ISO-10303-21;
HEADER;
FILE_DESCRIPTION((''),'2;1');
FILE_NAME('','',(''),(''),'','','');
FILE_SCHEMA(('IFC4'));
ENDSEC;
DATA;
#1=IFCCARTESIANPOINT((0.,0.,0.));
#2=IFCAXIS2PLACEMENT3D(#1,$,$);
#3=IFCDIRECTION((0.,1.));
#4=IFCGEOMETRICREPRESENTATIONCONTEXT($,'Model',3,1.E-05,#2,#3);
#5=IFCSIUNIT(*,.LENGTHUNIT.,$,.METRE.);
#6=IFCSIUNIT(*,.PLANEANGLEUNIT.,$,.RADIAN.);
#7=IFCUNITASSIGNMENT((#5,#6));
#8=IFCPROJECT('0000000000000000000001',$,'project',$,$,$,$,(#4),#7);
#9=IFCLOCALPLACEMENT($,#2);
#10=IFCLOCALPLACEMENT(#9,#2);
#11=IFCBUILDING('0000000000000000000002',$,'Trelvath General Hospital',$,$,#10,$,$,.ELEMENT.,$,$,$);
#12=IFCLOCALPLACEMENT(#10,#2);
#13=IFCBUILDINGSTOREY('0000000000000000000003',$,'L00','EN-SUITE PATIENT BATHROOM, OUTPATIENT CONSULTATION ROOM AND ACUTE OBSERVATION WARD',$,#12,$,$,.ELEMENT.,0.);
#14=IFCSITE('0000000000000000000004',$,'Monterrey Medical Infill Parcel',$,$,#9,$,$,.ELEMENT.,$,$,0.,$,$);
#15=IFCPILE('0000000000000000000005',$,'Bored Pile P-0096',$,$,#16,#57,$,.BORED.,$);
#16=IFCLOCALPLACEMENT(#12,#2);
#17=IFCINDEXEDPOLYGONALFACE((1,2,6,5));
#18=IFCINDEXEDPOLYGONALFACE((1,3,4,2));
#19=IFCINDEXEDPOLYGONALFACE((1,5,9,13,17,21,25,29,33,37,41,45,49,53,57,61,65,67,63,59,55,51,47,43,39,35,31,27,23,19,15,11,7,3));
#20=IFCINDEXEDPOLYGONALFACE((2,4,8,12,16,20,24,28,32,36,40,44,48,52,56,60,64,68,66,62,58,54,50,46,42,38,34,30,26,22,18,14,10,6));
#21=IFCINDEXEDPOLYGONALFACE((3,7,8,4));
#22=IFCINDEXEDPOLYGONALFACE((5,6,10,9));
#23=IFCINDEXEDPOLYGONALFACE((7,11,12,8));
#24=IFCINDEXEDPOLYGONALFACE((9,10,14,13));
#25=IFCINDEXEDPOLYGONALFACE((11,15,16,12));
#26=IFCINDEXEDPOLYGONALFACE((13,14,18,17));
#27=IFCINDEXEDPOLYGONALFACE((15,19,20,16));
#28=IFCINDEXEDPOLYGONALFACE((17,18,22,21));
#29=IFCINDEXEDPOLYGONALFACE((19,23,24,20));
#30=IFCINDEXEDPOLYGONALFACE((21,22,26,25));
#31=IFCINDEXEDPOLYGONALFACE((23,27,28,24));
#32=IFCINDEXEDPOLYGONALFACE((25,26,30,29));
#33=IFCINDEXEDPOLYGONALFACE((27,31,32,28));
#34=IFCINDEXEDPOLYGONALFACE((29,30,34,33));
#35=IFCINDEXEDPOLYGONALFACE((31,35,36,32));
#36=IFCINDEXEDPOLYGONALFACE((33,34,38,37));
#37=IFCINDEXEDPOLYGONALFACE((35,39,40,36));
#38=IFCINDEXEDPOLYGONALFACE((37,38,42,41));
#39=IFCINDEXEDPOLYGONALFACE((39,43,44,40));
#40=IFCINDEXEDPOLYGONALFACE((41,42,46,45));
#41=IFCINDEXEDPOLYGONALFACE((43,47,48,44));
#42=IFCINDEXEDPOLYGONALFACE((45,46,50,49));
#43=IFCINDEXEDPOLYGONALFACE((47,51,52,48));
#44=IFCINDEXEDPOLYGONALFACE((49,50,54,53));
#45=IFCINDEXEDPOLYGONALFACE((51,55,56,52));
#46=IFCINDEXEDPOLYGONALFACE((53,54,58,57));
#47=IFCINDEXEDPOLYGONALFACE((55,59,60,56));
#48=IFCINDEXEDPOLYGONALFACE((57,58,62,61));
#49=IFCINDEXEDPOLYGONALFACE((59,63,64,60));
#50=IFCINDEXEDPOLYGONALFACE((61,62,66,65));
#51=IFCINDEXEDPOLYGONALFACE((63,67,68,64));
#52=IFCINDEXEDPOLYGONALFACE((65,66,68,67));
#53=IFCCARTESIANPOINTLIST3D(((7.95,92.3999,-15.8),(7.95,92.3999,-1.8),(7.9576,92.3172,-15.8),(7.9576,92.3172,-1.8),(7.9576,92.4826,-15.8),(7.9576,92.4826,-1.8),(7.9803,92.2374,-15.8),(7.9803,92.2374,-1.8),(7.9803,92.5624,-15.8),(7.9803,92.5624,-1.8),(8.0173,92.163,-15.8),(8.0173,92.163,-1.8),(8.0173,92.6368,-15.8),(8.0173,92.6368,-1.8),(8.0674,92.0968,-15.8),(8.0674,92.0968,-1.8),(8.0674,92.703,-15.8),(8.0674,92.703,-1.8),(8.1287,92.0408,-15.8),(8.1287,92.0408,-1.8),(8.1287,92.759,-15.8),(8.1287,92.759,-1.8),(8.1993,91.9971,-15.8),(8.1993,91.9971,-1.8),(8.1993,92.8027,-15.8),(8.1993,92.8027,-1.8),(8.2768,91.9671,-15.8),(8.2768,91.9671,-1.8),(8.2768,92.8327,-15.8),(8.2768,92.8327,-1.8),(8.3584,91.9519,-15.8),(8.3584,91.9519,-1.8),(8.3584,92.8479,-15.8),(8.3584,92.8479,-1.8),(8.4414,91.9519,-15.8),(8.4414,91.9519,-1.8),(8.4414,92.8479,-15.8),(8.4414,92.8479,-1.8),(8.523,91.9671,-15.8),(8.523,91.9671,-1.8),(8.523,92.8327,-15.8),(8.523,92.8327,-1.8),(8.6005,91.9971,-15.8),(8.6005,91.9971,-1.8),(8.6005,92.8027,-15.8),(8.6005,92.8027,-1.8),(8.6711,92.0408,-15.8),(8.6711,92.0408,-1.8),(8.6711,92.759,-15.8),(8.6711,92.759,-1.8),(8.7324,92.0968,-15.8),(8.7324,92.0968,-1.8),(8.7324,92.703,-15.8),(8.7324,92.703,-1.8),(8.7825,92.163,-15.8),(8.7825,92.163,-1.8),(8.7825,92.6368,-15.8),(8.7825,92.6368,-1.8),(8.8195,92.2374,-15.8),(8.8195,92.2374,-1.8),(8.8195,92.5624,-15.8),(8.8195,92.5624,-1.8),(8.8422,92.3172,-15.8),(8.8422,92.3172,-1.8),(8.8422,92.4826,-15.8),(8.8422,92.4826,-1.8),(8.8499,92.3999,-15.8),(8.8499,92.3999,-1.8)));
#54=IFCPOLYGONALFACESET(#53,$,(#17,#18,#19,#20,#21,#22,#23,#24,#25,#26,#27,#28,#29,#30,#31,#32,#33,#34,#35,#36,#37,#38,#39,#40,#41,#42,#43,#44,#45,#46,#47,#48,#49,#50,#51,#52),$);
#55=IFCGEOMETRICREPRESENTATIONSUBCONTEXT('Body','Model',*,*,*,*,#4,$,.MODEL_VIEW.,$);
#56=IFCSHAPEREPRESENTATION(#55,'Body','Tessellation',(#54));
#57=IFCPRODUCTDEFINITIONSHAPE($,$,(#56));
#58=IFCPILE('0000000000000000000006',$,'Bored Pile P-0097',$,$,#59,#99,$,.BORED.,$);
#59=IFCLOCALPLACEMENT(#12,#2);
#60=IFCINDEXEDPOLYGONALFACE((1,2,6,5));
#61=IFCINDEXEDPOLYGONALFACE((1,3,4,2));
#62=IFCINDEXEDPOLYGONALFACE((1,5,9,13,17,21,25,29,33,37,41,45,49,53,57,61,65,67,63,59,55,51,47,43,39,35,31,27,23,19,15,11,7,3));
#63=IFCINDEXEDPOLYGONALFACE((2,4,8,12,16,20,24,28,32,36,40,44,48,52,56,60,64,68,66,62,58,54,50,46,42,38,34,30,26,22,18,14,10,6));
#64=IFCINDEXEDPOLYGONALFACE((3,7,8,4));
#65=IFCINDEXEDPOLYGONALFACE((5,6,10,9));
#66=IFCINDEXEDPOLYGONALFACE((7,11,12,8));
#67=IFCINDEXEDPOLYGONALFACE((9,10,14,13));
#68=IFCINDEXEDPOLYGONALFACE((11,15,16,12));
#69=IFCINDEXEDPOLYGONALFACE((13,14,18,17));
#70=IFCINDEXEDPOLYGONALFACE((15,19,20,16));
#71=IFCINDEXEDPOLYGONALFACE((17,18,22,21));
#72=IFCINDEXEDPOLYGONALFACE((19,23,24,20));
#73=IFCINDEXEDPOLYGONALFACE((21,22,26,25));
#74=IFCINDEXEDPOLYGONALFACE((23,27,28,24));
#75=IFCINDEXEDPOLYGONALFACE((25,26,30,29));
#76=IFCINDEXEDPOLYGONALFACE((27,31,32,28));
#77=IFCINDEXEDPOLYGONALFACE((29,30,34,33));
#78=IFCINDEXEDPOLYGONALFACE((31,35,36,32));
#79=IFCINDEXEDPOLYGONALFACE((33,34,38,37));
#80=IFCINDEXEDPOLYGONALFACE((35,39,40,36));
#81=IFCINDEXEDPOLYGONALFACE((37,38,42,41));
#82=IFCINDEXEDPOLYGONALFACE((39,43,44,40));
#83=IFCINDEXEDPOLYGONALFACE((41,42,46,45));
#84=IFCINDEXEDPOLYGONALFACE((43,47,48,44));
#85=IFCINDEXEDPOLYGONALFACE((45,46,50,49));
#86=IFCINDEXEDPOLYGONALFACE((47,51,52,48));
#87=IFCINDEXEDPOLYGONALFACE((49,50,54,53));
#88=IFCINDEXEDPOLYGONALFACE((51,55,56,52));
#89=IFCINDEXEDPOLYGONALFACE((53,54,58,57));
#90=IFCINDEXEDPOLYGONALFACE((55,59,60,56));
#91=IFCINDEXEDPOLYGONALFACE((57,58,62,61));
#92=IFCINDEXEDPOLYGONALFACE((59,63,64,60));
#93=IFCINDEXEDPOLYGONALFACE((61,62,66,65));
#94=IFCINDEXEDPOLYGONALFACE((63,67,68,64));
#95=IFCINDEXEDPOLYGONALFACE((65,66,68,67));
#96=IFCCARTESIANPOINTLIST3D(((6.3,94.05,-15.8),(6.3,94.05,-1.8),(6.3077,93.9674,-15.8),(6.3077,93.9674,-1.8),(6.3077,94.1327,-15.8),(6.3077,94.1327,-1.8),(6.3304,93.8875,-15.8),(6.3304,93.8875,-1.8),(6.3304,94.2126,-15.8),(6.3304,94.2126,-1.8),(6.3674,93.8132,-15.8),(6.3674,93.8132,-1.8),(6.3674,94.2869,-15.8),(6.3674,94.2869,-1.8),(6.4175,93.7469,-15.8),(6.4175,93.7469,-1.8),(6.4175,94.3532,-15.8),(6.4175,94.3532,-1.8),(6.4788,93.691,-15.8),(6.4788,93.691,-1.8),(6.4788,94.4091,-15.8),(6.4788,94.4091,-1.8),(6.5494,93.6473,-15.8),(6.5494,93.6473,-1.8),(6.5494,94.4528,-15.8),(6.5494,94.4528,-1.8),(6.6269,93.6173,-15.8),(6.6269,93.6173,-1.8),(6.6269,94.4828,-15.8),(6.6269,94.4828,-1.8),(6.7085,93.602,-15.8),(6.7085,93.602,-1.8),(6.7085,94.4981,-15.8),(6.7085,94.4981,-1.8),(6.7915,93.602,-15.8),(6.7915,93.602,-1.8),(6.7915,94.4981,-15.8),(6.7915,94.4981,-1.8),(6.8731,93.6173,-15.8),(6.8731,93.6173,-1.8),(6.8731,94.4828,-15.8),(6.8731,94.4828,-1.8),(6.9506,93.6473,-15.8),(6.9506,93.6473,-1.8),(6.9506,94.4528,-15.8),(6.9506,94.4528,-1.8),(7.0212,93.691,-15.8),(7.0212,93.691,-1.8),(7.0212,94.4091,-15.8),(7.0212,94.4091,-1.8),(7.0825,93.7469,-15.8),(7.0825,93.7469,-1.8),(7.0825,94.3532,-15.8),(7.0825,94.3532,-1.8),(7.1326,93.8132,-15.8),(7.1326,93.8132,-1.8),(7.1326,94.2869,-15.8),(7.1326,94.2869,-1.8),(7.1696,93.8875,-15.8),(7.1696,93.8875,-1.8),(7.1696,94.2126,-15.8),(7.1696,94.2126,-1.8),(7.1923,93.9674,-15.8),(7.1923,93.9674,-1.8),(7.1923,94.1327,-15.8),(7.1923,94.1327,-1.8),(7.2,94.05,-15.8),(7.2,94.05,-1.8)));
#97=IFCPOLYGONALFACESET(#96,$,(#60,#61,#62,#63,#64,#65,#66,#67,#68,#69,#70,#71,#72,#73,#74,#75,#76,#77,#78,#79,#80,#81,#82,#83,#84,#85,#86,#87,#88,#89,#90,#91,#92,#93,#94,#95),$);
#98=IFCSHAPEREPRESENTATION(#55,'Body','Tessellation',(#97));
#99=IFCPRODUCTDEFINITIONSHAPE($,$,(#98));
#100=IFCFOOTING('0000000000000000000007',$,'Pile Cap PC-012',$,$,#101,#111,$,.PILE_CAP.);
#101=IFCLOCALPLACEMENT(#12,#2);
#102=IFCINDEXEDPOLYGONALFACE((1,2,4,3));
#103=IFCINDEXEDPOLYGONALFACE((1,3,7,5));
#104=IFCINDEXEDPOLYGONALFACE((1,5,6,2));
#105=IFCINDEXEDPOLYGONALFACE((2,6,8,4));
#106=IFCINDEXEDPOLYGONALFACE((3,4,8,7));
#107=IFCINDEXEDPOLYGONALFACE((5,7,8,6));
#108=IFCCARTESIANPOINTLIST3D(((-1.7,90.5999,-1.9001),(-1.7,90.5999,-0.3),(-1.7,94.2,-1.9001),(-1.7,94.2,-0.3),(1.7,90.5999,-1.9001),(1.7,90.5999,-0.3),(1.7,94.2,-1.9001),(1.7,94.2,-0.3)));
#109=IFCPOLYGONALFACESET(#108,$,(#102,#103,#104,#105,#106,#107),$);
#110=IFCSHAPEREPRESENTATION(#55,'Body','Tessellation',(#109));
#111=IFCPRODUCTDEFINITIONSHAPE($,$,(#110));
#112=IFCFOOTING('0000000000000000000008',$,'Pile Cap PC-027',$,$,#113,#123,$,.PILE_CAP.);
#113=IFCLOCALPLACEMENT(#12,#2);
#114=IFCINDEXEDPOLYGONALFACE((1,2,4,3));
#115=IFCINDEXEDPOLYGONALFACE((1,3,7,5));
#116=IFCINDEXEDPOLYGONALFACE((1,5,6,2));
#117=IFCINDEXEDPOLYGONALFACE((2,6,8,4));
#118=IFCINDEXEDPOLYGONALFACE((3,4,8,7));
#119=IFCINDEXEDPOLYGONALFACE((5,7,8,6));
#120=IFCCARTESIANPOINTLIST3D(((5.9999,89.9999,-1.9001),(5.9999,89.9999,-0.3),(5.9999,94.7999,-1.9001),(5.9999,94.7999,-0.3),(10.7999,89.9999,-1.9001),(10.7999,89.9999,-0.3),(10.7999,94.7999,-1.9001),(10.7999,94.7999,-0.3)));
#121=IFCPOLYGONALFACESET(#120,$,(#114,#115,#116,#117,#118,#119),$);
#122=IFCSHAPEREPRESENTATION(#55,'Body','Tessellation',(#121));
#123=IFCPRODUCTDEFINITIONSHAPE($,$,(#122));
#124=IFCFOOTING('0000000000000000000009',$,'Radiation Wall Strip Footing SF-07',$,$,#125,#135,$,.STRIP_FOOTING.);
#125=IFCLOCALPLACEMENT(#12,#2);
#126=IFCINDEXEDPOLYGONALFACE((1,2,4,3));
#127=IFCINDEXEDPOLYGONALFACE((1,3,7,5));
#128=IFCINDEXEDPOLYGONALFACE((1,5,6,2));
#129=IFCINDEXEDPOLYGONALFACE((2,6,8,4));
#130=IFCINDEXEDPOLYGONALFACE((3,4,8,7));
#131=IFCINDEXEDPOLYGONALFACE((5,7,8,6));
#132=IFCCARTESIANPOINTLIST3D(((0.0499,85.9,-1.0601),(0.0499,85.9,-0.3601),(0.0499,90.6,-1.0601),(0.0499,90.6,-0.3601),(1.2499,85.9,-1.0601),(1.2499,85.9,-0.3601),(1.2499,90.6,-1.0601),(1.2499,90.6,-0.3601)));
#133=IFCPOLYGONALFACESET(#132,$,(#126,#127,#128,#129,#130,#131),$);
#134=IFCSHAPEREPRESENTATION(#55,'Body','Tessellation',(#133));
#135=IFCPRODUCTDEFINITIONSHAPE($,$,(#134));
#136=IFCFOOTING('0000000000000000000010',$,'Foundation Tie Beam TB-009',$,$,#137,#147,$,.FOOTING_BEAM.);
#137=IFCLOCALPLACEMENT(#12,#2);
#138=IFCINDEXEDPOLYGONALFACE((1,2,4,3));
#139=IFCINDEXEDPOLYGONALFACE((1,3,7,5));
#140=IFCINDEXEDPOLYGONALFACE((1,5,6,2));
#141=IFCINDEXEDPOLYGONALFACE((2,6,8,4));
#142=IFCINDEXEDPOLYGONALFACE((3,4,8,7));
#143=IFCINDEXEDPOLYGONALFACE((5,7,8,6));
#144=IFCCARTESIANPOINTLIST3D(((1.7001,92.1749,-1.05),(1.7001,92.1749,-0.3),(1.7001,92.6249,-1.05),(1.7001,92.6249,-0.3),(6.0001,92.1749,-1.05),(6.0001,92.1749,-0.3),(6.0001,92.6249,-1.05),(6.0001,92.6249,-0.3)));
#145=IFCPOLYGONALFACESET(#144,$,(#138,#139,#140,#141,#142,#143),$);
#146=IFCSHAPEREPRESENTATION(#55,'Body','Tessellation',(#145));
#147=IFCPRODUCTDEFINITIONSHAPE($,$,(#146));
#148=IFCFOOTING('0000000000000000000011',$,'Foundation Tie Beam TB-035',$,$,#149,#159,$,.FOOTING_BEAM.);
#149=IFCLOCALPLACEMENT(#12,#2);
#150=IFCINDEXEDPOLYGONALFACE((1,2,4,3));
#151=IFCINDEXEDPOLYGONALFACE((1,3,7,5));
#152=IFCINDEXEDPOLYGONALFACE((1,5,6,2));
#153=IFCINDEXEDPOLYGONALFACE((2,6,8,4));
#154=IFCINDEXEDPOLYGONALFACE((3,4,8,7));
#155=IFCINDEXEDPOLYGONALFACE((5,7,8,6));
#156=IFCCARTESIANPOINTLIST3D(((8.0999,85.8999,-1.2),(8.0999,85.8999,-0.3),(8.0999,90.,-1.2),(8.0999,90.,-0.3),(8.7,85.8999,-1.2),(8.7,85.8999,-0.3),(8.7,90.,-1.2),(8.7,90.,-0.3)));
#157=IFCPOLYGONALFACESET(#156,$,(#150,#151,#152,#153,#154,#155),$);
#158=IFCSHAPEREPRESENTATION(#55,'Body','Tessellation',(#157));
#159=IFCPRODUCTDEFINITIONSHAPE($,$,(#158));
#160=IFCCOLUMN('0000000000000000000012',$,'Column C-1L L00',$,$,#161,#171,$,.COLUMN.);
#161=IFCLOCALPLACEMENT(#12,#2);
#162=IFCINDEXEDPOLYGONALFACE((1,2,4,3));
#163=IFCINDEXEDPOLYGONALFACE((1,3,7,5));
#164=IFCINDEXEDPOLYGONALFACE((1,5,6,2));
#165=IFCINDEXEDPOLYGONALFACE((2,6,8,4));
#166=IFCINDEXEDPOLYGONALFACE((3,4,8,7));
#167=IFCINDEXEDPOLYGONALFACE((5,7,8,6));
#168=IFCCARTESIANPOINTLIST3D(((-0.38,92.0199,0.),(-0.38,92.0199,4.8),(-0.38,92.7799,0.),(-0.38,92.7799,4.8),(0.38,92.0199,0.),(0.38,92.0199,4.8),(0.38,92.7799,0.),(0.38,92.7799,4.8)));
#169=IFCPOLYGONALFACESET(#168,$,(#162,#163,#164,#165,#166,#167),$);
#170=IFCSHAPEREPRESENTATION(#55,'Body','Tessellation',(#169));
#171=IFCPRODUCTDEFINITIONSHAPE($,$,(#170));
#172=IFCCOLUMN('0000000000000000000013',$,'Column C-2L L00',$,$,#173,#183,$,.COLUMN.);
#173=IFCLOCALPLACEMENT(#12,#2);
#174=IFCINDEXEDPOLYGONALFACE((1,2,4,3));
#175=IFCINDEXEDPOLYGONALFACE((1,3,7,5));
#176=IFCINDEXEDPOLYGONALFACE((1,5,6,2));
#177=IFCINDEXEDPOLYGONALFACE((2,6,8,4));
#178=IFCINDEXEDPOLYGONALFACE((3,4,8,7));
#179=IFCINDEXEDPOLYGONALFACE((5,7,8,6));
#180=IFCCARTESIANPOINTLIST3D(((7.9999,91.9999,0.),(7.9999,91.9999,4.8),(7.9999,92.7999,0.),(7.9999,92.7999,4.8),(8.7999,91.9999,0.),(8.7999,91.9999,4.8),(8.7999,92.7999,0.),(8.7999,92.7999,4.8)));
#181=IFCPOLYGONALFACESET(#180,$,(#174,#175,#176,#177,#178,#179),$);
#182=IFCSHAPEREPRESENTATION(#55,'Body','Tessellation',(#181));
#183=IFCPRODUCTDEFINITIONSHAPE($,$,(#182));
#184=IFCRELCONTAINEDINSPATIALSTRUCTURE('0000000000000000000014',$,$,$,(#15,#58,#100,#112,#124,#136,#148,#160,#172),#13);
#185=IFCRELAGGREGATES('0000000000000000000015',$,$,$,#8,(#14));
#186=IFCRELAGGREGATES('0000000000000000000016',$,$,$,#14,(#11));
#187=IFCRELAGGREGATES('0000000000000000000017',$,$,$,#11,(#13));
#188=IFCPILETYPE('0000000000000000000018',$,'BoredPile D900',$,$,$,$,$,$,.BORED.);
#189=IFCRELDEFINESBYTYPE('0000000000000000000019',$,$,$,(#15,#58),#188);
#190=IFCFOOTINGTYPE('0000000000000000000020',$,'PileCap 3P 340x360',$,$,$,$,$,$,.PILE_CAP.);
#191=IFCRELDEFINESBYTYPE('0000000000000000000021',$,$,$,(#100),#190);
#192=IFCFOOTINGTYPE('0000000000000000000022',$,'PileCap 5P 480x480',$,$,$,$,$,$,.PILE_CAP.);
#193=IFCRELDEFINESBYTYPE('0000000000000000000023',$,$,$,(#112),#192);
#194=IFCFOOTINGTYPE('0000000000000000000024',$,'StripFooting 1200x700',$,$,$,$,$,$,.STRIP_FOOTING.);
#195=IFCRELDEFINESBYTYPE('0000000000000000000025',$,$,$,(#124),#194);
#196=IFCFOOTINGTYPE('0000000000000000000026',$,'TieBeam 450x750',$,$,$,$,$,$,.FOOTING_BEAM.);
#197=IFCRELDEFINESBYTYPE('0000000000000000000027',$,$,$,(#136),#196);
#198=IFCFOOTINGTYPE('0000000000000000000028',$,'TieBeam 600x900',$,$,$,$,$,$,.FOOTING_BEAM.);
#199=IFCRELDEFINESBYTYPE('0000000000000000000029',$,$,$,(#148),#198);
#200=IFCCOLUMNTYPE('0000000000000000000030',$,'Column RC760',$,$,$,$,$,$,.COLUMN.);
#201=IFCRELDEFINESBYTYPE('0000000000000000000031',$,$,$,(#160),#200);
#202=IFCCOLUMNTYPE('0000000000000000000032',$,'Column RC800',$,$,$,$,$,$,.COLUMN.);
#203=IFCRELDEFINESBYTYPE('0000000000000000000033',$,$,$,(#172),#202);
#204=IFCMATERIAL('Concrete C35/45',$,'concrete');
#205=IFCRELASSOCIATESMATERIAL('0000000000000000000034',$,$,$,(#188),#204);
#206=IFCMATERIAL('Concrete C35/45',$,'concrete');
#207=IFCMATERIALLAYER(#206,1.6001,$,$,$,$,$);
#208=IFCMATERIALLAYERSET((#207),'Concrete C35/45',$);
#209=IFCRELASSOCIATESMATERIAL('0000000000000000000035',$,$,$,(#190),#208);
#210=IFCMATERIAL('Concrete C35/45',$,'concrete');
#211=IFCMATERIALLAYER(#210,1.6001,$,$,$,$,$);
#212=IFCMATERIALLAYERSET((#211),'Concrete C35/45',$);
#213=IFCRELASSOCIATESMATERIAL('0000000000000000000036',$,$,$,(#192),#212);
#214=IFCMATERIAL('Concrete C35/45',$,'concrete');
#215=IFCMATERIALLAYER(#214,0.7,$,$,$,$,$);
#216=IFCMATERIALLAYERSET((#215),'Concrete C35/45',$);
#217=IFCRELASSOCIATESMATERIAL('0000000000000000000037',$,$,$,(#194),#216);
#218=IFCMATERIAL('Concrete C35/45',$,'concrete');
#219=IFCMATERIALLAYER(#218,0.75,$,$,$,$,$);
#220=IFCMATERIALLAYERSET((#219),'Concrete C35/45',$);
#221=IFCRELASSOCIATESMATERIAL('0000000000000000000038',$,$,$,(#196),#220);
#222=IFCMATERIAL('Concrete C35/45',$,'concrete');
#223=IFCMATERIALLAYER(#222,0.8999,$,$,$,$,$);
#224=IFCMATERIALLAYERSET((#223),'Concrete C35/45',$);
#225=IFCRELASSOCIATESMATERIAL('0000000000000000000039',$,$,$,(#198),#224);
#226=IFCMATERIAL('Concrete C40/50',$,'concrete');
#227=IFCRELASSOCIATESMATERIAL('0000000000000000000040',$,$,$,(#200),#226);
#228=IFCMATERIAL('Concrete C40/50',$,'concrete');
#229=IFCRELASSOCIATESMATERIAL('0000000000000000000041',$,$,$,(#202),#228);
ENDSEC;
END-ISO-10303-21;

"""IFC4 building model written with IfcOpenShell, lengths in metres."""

from ifc_helpers import new_model, si_unit, direction, frame, origin, origin_2d, place, context, subcontext, project, spatial, rectangle, circle, extrude, material, layer, layer_set, material_profile, profile_set, type_object, element, save


model = new_model("IFC4")

# Units and contexts
model_context = context("Model", 3, precision=1e-05, world=origin(), true_north=direction((0.0, 1.0)))
body_context = subcontext(model_context, "Body", "Model", "MODEL_VIEW")
ifc_project = project(units=[si_unit("LENGTHUNIT", "METRE"), si_unit("PLANEANGLEUNIT", "RADIAN")], contexts=[model_context])

# Site, building, storey
site_placement = place(None, origin())
site = spatial("IfcSite", under=ifc_project, at=site_placement, Name="Monterrey Medical Infill Parcel", CompositionType="ELEMENT", RefElevation=0.0)
building_placement = place(site_placement, origin())
building = spatial("IfcBuilding", under=site, at=building_placement, Name="Trelvath General Hospital", CompositionType="ELEMENT")
storey_placement = place(building_placement, origin())
storey = spatial("IfcBuildingStorey", under=building, at=storey_placement, Name="L00", Description="EN-SUITE PATIENT BATHROOM, OUTPATIENT CONSULTATION ROOM AND ACUTE OBSERVATION WARD", CompositionType="ELEMENT", Elevation=0.0)

# Piles
ifc_material_1 = material(Name="Concrete C35/45", Category="concrete")
ifc_material_profile_1 = material_profile(ifc_material_1, circle(Radius=0.45, at=origin_2d()), Name="PILE900")
ifc_profile_set_1 = profile_set([ifc_material_profile_1], Name="Concrete C35/45")
pile_type = type_object("IfcPileType", Name="BoredPile D900", PredefinedType="BORED", material=ifc_profile_set_1)
for number, where, z_axis, x_axis, name in (
    (1, (8.3999, 92.3999, -1.8), (0.0, 0.0, -1.0), (1.0, 0.0, 0.0), "Bored Pile P-0096"),
    (2, (6.75, 94.05, -1.8), (0.0, 0.0, -1.0), (1.0, 0.0, 0.0), "Bored Pile P-0097"),
):
    element("IfcPile", number, at=place(storey_placement, frame(where, z_axis=z_axis, x_axis=x_axis)), inside=storey, type_object=pile_type, Name=name, PredefinedType="BORED", context=body_context, shape_type="SweptSolid", body=[
        extrude(circle(Radius=0.45, at=origin_2d()), origin(), (0.0, 0.0, 1.0), 14.0),
    ])

# Footings
ifc_material_2 = material(Name="Concrete C35/45", Category="concrete")
ifc_layer_1 = layer(ifc_material_2, 1.6001)
ifc_layer_set_1 = layer_set([ifc_layer_1], Name="Concrete C35/45")
footing_type_1 = type_object("IfcFootingType", Name="PileCap 3P 340x360", PredefinedType="PILE_CAP", material=ifc_layer_set_1)
footing_1_placement = place(storey_placement, frame((0.0, 92.3999, -1.9001), z_axis=(0.0, 0.0, 1.0), x_axis=(1.0, 0.0, 0.0)))
element("IfcFooting", 3, at=footing_1_placement, inside=storey, type_object=footing_type_1, Name="Pile Cap PC-012", PredefinedType="PILE_CAP", context=body_context, shape_type="SweptSolid", body=[
    extrude(rectangle(XDim=3.3999, YDim=3.6001, at=origin_2d()), origin(), (0.0, 0.0, 1.0), 1.6001),
])
ifc_material_3 = material(Name="Concrete C35/45", Category="concrete")
ifc_layer_2 = layer(ifc_material_3, 1.6001)
ifc_layer_set_2 = layer_set([ifc_layer_2], Name="Concrete C35/45")
footing_type_2 = type_object("IfcFootingType", Name="PileCap 5P 480x480", PredefinedType="PILE_CAP", material=ifc_layer_set_2)
footing_2_placement = place(storey_placement, frame((8.3999, 92.3999, -1.9001), z_axis=(0.0, 0.0, 1.0), x_axis=(1.0, 0.0, 0.0)))
element("IfcFooting", 4, at=footing_2_placement, inside=storey, type_object=footing_type_2, Name="Pile Cap PC-027", PredefinedType="PILE_CAP", context=body_context, shape_type="SweptSolid", body=[
    extrude(rectangle(XDim=4.8, YDim=4.8, at=origin_2d()), origin(), (0.0, 0.0, 1.0), 1.6001),
])
ifc_material_4 = material(Name="Concrete C35/45", Category="concrete")
ifc_layer_3 = layer(ifc_material_4, 0.7)
ifc_layer_set_3 = layer_set([ifc_layer_3], Name="Concrete C35/45")
footing_type_3 = type_object("IfcFootingType", Name="StripFooting 1200x700", PredefinedType="STRIP_FOOTING", material=ifc_layer_set_3)
footing_3_placement = place(storey_placement, frame((0.6499, 88.25, -1.0601), z_axis=(0.0, 0.0, 1.0), x_axis=(1.0, 0.0, 0.0)))
element("IfcFooting", 5, at=footing_3_placement, inside=storey, type_object=footing_type_3, Name="Radiation Wall Strip Footing SF-07", PredefinedType="STRIP_FOOTING", context=body_context, shape_type="SweptSolid", body=[
    extrude(rectangle(XDim=1.2, YDim=4.7, at=origin_2d()), origin(), (0.0, 0.0, 1.0), 0.7),
])
ifc_material_5 = material(Name="Concrete C35/45", Category="concrete")
ifc_layer_4 = layer(ifc_material_5, 0.75)
ifc_layer_set_4 = layer_set([ifc_layer_4], Name="Concrete C35/45")
footing_type_4 = type_object("IfcFootingType", Name="TieBeam 450x750", PredefinedType="FOOTING_BEAM", material=ifc_layer_set_4)
footing_4_placement = place(storey_placement, frame((3.8501, 92.3999, -1.05), z_axis=(0.0, 0.0, 1.0), x_axis=(1.0, 0.0, 0.0)))
element("IfcFooting", 6, at=footing_4_placement, inside=storey, type_object=footing_type_4, Name="Foundation Tie Beam TB-009", PredefinedType="FOOTING_BEAM", context=body_context, shape_type="SweptSolid", body=[
    extrude(rectangle(XDim=4.3, YDim=0.45, at=origin_2d()), origin(), (0.0, 0.0, 1.0), 0.75),
])
ifc_material_6 = material(Name="Concrete C35/45", Category="concrete")
ifc_layer_5 = layer(ifc_material_6, 0.8999)
ifc_layer_set_5 = layer_set([ifc_layer_5], Name="Concrete C35/45")
footing_type_5 = type_object("IfcFootingType", Name="TieBeam 600x900", PredefinedType="FOOTING_BEAM", material=ifc_layer_set_5)
footing_5_placement = place(storey_placement, frame((8.3999, 87.95, -1.2), z_axis=(0.0, 0.0, 1.0), x_axis=(1.0, 0.0, 0.0)))
element("IfcFooting", 7, at=footing_5_placement, inside=storey, type_object=footing_type_5, Name="Foundation Tie Beam TB-035", PredefinedType="FOOTING_BEAM", context=body_context, shape_type="SweptSolid", body=[
    extrude(rectangle(XDim=0.6001, YDim=4.1001, at=origin_2d()), origin(), (0.0, 0.0, 1.0), 0.8999),
])

# Columns
ifc_material_7 = material(Name="Concrete C40/50", Category="concrete")
ifc_material_profile_2 = material_profile(ifc_material_7, rectangle(XDim=0.76, YDim=0.76, at=origin_2d()), Name="RC760x760")
ifc_profile_set_2 = profile_set([ifc_material_profile_2], Name="Concrete C40/50")
column_type_1 = type_object("IfcColumnType", Name="Column RC760", PredefinedType="COLUMN", material=ifc_profile_set_2)
column_1_placement = place(storey_placement, frame((0.0, 92.3999, 0.0), z_axis=(0.0, 0.0, 1.0), x_axis=(1.0, 0.0, 0.0)))
element("IfcColumn", 8, at=column_1_placement, inside=storey, type_object=column_type_1, Name="Column C-1L L00", PredefinedType="COLUMN", context=body_context, shape_type="SweptSolid", body=[
    extrude(rectangle(XDim=0.76, YDim=0.76, at=origin_2d()), origin(), (0.0, 0.0, 1.0), 4.8),
])
ifc_material_8 = material(Name="Concrete C40/50", Category="concrete")
ifc_material_profile_3 = material_profile(ifc_material_8, rectangle(XDim=0.8, YDim=0.8, at=origin_2d()), Name="RC800x800")
ifc_profile_set_3 = profile_set([ifc_material_profile_3], Name="Concrete C40/50")
column_type_2 = type_object("IfcColumnType", Name="Column RC800", PredefinedType="COLUMN", material=ifc_profile_set_3)
column_2_placement = place(storey_placement, frame((8.3999, 92.3999, 0.0), z_axis=(0.0, 0.0, 1.0), x_axis=(1.0, 0.0, 0.0)))
element("IfcColumn", 9, at=column_2_placement, inside=storey, type_object=column_type_2, Name="Column C-2L L00", PredefinedType="COLUMN", context=body_context, shape_type="SweptSolid", body=[
    extrude(rectangle(XDim=0.8, YDim=0.8, at=origin_2d()), origin(), (0.0, 0.0, 1.0), 4.8),
])

save(model, "model.ifc")
